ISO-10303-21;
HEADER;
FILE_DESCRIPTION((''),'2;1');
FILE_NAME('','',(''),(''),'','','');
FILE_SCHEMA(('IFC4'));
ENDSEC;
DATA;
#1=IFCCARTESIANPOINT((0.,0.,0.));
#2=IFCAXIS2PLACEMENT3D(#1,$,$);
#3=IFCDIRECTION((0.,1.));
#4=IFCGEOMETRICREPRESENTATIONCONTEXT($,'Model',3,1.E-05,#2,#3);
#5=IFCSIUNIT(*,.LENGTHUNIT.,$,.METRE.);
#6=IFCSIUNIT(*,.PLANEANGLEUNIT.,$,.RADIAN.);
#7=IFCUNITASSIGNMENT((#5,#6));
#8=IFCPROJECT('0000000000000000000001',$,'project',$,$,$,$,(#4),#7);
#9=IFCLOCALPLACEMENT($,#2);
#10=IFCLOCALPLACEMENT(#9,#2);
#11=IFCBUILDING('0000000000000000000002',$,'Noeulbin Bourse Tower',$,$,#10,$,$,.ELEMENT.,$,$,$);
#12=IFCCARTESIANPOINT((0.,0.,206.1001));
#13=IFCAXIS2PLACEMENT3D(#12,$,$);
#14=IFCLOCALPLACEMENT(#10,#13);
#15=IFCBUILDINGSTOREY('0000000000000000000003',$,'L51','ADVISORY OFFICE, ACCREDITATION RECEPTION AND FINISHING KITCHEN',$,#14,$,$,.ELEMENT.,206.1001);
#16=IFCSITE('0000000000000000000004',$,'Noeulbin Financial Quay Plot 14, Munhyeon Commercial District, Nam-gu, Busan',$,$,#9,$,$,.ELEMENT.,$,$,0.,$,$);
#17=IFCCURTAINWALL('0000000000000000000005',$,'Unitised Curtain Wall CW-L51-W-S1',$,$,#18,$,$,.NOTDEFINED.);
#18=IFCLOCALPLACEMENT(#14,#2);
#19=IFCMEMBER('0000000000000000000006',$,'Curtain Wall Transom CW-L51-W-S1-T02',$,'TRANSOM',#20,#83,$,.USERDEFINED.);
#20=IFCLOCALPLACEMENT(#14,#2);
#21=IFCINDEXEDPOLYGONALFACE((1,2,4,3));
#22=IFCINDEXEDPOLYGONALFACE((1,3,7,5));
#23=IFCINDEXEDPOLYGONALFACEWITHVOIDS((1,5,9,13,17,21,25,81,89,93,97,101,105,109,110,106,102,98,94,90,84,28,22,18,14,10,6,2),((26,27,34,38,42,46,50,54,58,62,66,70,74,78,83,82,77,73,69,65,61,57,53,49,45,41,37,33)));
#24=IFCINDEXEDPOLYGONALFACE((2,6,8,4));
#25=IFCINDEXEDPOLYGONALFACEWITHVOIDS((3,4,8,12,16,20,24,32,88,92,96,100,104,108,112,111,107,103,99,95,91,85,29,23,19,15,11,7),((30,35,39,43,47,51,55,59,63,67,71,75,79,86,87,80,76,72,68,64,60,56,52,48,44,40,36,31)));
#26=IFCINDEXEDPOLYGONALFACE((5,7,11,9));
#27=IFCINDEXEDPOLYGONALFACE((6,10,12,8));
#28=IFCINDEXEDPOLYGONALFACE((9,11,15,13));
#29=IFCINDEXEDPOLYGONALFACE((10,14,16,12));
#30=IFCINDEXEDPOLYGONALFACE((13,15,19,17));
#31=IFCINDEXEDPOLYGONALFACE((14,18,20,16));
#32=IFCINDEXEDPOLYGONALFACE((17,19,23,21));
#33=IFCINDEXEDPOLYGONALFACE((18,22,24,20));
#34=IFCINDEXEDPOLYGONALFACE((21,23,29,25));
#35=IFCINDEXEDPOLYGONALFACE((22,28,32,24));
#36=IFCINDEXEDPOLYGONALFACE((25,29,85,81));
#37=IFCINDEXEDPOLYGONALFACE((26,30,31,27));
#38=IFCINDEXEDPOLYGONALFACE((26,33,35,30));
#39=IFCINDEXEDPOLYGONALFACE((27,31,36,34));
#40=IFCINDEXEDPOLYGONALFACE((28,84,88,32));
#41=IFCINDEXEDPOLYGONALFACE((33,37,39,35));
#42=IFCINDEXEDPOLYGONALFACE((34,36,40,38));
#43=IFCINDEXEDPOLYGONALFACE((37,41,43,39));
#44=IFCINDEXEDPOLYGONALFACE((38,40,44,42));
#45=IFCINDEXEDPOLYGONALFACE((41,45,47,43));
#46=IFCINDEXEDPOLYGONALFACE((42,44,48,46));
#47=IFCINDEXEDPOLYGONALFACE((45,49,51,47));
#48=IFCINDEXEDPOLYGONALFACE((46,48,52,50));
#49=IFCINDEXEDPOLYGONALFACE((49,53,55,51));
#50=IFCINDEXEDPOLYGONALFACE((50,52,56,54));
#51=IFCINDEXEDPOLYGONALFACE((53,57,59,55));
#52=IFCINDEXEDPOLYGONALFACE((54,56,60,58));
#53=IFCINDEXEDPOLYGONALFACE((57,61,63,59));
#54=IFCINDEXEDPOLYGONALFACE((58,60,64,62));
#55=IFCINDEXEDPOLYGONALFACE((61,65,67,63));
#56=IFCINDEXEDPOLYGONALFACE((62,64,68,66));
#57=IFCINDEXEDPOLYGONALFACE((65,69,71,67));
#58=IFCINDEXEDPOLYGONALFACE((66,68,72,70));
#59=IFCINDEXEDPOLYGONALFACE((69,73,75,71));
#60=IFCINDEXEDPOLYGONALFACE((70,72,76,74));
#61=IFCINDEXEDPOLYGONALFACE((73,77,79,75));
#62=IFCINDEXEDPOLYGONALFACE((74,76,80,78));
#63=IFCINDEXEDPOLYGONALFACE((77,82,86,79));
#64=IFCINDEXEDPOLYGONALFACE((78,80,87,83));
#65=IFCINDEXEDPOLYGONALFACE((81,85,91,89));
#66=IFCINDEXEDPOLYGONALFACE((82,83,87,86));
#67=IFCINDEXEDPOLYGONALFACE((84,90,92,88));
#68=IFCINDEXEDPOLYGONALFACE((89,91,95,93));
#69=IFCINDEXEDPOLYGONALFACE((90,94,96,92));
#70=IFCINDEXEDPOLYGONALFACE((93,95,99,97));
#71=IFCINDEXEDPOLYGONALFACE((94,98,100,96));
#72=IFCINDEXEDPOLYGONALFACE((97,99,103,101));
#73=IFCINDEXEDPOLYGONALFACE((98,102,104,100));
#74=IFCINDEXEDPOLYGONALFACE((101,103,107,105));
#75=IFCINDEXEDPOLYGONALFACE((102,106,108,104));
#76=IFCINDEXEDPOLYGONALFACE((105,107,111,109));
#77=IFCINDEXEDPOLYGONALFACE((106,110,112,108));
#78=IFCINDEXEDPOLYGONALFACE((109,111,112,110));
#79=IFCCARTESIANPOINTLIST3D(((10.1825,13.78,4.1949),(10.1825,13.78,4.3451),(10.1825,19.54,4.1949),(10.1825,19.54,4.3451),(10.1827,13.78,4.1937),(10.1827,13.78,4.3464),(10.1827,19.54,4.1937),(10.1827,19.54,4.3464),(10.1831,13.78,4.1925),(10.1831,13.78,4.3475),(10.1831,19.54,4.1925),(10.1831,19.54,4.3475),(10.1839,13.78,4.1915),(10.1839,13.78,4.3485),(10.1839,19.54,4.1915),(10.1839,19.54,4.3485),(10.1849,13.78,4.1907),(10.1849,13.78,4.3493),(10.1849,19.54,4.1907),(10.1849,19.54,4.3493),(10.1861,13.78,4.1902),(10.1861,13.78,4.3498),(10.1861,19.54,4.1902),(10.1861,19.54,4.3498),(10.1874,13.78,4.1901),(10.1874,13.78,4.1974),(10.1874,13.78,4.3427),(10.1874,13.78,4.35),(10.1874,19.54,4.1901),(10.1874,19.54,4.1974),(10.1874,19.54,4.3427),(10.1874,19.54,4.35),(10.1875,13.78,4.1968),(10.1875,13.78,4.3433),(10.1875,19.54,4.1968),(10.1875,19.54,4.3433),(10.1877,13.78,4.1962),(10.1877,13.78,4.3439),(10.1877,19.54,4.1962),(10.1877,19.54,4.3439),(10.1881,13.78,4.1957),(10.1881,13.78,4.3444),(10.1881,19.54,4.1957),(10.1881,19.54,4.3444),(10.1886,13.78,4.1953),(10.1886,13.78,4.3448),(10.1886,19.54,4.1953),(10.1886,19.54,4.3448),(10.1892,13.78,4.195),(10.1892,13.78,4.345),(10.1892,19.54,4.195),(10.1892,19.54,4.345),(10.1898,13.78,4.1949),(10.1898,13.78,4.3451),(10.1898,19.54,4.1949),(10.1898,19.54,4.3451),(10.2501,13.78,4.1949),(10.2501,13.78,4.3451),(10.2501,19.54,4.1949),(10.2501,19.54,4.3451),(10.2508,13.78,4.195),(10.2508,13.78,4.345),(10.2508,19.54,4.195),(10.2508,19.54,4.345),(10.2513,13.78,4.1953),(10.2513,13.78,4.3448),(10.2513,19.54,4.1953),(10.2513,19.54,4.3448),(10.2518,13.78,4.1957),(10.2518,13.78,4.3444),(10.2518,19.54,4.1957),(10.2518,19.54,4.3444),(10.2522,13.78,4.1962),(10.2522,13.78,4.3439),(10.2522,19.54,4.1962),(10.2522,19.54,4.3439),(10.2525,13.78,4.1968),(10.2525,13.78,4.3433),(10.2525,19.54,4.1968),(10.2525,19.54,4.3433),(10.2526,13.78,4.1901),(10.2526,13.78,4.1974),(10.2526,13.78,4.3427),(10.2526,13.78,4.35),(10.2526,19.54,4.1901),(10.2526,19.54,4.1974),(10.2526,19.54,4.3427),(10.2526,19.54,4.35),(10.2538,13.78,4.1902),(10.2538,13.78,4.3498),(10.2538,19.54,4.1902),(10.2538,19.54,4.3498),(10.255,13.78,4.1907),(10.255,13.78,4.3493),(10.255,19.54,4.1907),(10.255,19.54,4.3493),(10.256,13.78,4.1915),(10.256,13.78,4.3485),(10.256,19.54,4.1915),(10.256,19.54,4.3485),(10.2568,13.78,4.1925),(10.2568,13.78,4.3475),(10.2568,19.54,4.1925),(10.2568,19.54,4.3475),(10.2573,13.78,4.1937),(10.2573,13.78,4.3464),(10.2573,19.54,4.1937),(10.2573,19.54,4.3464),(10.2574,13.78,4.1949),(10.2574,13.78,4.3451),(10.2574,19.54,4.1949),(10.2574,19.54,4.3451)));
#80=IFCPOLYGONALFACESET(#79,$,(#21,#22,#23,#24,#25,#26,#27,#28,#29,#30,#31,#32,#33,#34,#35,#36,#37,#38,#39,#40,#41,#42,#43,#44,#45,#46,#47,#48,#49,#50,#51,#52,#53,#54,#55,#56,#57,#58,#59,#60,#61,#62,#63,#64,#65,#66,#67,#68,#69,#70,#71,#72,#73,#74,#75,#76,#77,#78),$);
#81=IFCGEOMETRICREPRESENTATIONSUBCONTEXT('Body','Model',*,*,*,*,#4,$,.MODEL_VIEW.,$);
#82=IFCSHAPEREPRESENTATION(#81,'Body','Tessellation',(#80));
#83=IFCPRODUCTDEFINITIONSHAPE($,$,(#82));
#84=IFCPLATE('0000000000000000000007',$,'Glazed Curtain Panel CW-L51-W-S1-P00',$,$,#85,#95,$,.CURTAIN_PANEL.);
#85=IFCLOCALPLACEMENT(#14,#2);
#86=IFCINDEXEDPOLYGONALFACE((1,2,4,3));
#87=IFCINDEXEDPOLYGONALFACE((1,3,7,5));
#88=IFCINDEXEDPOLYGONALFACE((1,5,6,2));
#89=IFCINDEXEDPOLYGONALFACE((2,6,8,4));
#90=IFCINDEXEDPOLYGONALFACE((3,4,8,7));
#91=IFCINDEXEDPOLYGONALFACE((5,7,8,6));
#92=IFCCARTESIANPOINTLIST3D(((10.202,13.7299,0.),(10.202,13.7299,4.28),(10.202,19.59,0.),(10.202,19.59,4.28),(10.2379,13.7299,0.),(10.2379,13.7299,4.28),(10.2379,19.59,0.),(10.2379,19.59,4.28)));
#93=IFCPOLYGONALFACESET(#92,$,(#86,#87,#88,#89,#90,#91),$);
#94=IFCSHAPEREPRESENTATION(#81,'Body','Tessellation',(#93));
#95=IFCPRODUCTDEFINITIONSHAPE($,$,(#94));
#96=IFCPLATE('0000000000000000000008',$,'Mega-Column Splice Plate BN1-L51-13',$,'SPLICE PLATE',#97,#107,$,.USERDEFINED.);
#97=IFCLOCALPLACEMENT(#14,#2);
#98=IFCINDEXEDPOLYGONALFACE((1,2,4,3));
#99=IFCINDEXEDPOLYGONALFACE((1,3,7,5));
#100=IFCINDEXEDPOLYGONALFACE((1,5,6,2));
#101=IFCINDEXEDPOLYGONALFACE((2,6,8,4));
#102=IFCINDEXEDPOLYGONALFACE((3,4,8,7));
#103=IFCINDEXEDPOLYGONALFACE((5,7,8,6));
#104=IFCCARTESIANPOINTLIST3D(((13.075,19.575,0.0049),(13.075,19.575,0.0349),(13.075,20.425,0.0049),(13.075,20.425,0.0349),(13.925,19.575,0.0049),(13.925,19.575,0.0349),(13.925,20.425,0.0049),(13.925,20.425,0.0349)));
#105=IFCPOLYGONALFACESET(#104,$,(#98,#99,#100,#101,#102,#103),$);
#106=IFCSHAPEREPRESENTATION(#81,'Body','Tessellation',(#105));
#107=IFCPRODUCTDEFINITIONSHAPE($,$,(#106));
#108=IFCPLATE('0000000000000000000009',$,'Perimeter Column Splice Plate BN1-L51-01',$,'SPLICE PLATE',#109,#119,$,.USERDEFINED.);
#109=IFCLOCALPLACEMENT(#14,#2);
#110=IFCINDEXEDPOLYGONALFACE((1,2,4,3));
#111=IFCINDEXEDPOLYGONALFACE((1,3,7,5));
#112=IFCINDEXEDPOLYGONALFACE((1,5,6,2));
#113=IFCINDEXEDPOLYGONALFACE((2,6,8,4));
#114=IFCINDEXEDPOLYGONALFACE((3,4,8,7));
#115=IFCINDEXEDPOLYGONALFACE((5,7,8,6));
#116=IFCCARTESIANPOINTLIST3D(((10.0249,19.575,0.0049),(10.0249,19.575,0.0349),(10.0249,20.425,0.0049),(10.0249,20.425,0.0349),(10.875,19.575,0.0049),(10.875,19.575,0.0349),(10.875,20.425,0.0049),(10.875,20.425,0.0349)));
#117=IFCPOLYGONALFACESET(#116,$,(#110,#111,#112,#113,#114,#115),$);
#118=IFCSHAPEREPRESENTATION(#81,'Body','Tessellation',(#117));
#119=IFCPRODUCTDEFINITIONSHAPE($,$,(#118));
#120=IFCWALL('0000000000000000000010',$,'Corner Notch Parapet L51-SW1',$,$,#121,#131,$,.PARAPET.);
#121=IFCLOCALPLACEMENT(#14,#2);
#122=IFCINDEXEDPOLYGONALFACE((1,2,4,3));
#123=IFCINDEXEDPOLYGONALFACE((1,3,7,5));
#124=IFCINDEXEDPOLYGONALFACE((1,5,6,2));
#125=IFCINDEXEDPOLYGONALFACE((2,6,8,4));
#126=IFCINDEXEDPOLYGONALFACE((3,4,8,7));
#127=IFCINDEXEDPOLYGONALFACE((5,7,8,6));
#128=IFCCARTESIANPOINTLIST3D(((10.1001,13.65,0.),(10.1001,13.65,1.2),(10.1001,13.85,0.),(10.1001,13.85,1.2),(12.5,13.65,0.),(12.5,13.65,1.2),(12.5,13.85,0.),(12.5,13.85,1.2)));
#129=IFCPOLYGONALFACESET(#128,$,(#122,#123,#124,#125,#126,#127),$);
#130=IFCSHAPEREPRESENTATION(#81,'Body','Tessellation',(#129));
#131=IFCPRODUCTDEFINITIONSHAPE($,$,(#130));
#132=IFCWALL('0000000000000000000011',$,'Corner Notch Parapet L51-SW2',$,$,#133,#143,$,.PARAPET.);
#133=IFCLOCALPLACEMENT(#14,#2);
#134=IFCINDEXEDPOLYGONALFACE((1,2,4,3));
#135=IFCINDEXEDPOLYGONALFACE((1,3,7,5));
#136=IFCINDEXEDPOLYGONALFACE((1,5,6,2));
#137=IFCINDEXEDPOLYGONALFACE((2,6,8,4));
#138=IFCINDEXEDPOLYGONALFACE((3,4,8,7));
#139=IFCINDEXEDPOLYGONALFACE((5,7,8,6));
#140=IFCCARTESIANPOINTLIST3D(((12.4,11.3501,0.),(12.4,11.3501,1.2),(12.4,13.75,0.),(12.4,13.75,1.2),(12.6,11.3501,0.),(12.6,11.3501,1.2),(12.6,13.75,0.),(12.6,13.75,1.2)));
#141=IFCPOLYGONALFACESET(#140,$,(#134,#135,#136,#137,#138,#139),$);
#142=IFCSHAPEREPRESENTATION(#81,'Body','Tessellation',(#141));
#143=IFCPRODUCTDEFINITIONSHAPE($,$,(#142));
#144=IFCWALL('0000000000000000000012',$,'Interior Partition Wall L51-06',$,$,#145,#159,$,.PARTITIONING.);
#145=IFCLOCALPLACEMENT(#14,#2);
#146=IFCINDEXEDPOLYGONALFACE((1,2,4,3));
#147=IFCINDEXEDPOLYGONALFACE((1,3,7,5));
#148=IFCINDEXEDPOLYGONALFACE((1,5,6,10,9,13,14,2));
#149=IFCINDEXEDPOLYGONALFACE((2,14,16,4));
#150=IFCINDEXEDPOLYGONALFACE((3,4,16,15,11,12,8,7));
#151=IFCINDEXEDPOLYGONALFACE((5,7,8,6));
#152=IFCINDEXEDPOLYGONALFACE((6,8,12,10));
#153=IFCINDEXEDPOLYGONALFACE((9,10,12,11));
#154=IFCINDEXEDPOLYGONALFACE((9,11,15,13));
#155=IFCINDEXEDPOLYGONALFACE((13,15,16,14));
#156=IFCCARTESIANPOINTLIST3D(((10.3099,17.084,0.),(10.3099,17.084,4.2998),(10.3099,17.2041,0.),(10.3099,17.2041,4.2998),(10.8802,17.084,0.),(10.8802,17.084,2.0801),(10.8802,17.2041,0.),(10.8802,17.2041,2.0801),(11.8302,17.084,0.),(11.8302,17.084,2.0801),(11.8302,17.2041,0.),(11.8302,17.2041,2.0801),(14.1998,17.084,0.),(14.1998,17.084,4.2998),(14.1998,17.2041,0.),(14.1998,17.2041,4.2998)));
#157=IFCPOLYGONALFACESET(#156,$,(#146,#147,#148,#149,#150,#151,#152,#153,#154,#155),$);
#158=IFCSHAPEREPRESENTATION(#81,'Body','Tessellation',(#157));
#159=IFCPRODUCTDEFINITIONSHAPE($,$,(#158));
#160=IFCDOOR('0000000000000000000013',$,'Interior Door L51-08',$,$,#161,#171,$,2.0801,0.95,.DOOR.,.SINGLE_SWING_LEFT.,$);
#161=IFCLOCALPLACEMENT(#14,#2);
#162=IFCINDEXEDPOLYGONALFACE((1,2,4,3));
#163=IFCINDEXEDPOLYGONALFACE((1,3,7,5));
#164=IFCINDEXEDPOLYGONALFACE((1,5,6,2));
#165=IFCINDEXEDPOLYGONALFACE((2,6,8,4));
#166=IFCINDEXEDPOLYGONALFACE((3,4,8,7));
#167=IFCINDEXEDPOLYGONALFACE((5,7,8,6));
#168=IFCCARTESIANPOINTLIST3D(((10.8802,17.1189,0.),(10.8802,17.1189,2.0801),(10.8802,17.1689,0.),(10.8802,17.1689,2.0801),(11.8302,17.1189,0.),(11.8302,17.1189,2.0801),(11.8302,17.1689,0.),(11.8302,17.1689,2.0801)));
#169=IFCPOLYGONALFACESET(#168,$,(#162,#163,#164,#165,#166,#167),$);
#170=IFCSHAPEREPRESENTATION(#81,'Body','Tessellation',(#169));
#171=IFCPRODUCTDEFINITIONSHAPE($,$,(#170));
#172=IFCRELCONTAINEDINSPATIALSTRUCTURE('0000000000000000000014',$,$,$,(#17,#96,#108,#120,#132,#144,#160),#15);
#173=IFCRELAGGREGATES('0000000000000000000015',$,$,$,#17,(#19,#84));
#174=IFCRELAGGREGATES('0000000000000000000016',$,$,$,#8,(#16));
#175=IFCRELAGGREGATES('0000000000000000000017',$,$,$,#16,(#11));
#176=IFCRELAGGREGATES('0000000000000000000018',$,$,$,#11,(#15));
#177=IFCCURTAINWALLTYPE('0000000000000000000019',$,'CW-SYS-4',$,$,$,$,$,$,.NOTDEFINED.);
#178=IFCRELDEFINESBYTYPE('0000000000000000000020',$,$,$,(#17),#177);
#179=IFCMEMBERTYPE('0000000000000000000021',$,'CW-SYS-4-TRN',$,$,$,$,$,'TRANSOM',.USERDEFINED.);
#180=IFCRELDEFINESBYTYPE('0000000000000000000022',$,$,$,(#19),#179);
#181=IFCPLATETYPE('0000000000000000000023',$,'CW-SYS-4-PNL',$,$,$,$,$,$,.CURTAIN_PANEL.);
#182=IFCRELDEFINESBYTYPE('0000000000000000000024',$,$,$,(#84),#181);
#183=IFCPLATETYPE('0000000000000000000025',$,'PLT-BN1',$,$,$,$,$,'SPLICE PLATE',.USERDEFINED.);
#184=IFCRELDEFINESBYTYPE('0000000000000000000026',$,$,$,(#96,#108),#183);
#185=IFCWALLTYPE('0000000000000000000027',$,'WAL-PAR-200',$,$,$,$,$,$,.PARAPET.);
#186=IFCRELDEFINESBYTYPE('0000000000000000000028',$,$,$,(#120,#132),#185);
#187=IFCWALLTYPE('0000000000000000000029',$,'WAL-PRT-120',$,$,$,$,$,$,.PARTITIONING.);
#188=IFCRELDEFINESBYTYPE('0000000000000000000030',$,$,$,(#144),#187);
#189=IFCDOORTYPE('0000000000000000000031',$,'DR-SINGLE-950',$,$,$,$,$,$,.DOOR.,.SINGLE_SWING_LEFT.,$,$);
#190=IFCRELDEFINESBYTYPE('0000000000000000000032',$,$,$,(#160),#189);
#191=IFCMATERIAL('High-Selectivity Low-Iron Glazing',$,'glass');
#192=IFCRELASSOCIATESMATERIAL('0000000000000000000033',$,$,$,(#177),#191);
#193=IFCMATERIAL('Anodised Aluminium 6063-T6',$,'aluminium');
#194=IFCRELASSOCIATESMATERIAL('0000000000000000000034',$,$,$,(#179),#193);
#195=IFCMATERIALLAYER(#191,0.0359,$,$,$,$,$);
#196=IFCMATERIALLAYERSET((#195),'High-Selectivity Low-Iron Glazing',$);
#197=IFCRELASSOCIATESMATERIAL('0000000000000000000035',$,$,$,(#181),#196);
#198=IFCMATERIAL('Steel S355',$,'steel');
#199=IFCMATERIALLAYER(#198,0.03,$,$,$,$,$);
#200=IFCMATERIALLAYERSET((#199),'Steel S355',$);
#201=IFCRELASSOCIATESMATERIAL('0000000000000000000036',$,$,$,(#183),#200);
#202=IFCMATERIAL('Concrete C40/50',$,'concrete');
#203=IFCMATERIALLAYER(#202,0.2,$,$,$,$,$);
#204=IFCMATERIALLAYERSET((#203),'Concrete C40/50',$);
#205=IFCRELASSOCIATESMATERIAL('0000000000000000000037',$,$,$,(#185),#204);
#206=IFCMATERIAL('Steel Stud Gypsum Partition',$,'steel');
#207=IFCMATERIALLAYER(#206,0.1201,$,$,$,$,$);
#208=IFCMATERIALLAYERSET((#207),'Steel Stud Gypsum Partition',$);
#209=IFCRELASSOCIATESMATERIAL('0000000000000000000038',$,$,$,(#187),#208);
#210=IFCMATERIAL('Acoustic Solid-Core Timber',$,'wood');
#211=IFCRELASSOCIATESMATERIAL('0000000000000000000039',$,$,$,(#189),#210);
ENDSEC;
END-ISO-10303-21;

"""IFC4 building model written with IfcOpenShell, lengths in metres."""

from ifc_helpers import new_model, si_unit, direction, frame, frame_2d, origin, origin_2d, place, context, subcontext, project, spatial, rectangle, hollow_rectangle, extrude, material, layer, layer_set, material_profile, profile_set, type_object, element, fill, aggregate, save


model = new_model("IFC4")

# Units and contexts
model_context = context("Model", 3, precision=1e-05, world=origin(), true_north=direction((0.0, 1.0)))
body_context = subcontext(model_context, "Body", "Model", "MODEL_VIEW")
ifc_project = project(units=[si_unit("LENGTHUNIT", "METRE"), si_unit("PLANEANGLEUNIT", "RADIAN")], contexts=[model_context])

# Site, building, storey
site_placement = place(None, origin())
site = spatial("IfcSite", under=ifc_project, at=site_placement, Name="Noeulbin Financial Quay Plot 14, Munhyeon Commercial District, Nam-gu, Busan", CompositionType="ELEMENT", RefElevation=0.0)
building_placement = place(site_placement, origin())
building = spatial("IfcBuilding", under=site, at=building_placement, Name="Noeulbin Bourse Tower", CompositionType="ELEMENT")
storey_placement = place(building_placement, frame((0.0, 0.0, 206.1001)))
storey = spatial("IfcBuildingStorey", under=building, at=storey_placement, Name="L51", Description="ADVISORY OFFICE, ACCREDITATION RECEPTION AND FINISHING KITCHEN", CompositionType="ELEMENT", Elevation=206.1001)

# Shared definitions
ifc_material_1 = material(Name="Steel S355", Category="steel")

# Curtain wall, member, plate
ifc_material_2 = material(Name="High-Selectivity Low-Iron Glazing", Category="glass")
curtain_wall_type = type_object("IfcCurtainWallType", Name="CW-SYS-4", PredefinedType="NOTDEFINED", material=ifc_material_2)
curtain_wall_placement = place(storey_placement, origin())
curtain_wall = element("IfcCurtainWall", 1, at=curtain_wall_placement, inside=storey, type_object=curtain_wall_type, Name="Unitised Curtain Wall CW-L51-W-S1", PredefinedType="NOTDEFINED")
ifc_material_3 = material(Name="Anodised Aluminium 6063-T6", Category="aluminium")
ifc_material_profile_1 = material_profile(ifc_material_3, hollow_rectangle(XDim=0.075, YDim=0.1599, WallThickness=0.0049, InnerFilletRadius=0.0024, OuterFilletRadius=0.0049, at=origin_2d()), Name="ALU-TRAN-75x160x5", Category="LoadBearing")
ifc_profile_set_1 = profile_set([ifc_material_profile_1], Name="Anodised Aluminium 6063-T6")
member_type_1 = type_object("IfcMemberType", Name="CW-SYS-4-TRN", ElementType="TRANSOM", PredefinedType="USERDEFINED", material=ifc_profile_set_1)
member_1_placement = place(storey_placement, frame((10.22, 13.78, 4.27), z_axis=(0.0, 1.0, 0.0), x_axis=(-1.0, 0.0, 0.0)))
member_1 = element("IfcMember", 2, at=member_1_placement, type_object=member_type_1, Name="Curtain Wall Transom CW-L51-W-S1-T02", ObjectType="TRANSOM", PredefinedType="USERDEFINED", context=body_context, shape_type="SweptSolid", body=[
    extrude(hollow_rectangle(XDim=0.075, YDim=0.1599, WallThickness=0.0049, InnerFilletRadius=0.0024, OuterFilletRadius=0.0049, at=origin_2d()), origin(), (0.0, 0.0, 1.0), 5.76),
])
ifc_layer_1 = layer(ifc_material_2, 0.0359)
ifc_layer_set_1 = layer_set([ifc_layer_1], Name="High-Selectivity Low-Iron Glazing")
plate_type_1 = type_object("IfcPlateType", Name="CW-SYS-4-PNL", PredefinedType="CURTAIN_PANEL", material=ifc_layer_set_1)
plate_placement = place(storey_placement, frame((10.22, 16.6599, 0.0), z_axis=(0.0, 0.0, 1.0), x_axis=(0.0, 1.0, 0.0)))
plate = element("IfcPlate", 3, at=plate_placement, type_object=plate_type_1, Name="Glazed Curtain Panel CW-L51-W-S1-P00", PredefinedType="CURTAIN_PANEL", context=body_context, shape_type="SweptSolid", body=[
    extrude(rectangle(XDim=5.8601, YDim=0.0359, at=origin_2d()), origin(), (0.0, 0.0, 1.0), 4.28),
])
aggregate(curtain_wall, [member_1, plate])

# Plates
ifc_layer_2 = layer(ifc_material_1, 0.03)
ifc_layer_set_2 = layer_set([ifc_layer_2], Name="Steel S355")
plate_type_2 = type_object("IfcPlateType", Name="PLT-BN1", ElementType="SPLICE PLATE", PredefinedType="USERDEFINED", material=ifc_layer_set_2)
for number, where, z_axis, x_axis, name in (
    (4, (13.5, 20.0, 0.0049), (0.0, 0.0, 1.0), (1.0, 0.0, 0.0), "Mega-Column Splice Plate BN1-L51-13"),
    (5, (10.45, 20.0, 0.0049), (0.0, 0.0, 1.0), (1.0, 0.0, 0.0), "Perimeter Column Splice Plate BN1-L51-01"),
):
    element("IfcPlate", number, at=place(storey_placement, frame(where, z_axis=z_axis, x_axis=x_axis)), inside=storey, type_object=plate_type_2, Name=name, ObjectType="SPLICE PLATE", PredefinedType="USERDEFINED", context=body_context, shape_type="SweptSolid", body=[
        extrude(rectangle(XDim=0.8501, YDim=0.8501, at=origin_2d()), origin(), (0.0, 0.0, 1.0), 0.03),
    ])

# Walls
ifc_material_4 = material(Name="Concrete C40/50", Category="concrete")
ifc_layer_3 = layer(ifc_material_4, 0.2)
ifc_layer_set_3 = layer_set([ifc_layer_3], Name="Concrete C40/50")
wall_type_1 = type_object("IfcWallType", Name="WAL-PAR-200", PredefinedType="PARAPET", material=ifc_layer_set_3)
for number, where, z_axis, x_axis, name in (
    (6, (10.1001, 13.75, 0.0), (0.0, 0.0, 1.0), (1.0, 0.0, 0.0), "Corner Notch Parapet L51-SW1"),
    (7, (12.5, 13.75, 0.0), (0.0, 0.0, 1.0), (0.0, -1.0, 0.0), "Corner Notch Parapet L51-SW2"),
):
    element("IfcWall", number, at=place(storey_placement, frame(where, z_axis=z_axis, x_axis=x_axis)), inside=storey, type_object=wall_type_1, Name=name, PredefinedType="PARAPET", context=body_context, shape_type="SweptSolid", body=[
        extrude(rectangle(XDim=2.3999, YDim=0.2, at=frame_2d((1.2, 0.0))), origin(), (0.0, 0.0, 1.0), 1.2),
    ])

# Wall, opening, door
ifc_material_5 = material(Name="Steel Stud Gypsum Partition", Category="steel")
ifc_layer_4 = layer(ifc_material_5, 0.1201)
ifc_layer_set_4 = layer_set([ifc_layer_4], Name="Steel Stud Gypsum Partition")
wall_type_2 = type_object("IfcWallType", Name="WAL-PRT-120", PredefinedType="PARTITIONING", material=ifc_layer_set_4)
wall_placement = place(storey_placement, frame((10.3101, 17.144, 0.0), z_axis=(0.0, 0.0, 1.0), x_axis=(1.0, 0.0, 0.0)))
wall = element("IfcWall", 8, at=wall_placement, inside=storey, type_object=wall_type_2, Name="Interior Partition Wall L51-06", PredefinedType="PARTITIONING", context=body_context, shape_type="SweptSolid", body=[
    extrude(rectangle(XDim=3.8899, YDim=0.1201, at=frame_2d((1.9448, 0.0))), origin(), (0.0, 0.0, 1.0), 4.2998),
])
opening_placement = place(wall_placement, frame((0.5701, 0.0, 0.0)))
opening = element("IfcOpeningElement", 9, at=opening_placement, cuts=wall, PredefinedType="OPENING", context=body_context, shape_type="SweptSolid", body=[
    extrude(rectangle(XDim=0.95, YDim=2.0801, at=frame_2d((0.4751, 1.04))), frame((0.0, 0.0701, 0.0), z_axis=(0.0, -1.0, 0.0), x_axis=(1.0, 0.0, 0.0)), (0.0, 0.0, 1.0), 0.1401),
])
ifc_material_6 = material(Name="Acoustic Solid-Core Timber", Category="wood")
door_type = type_object("IfcDoorType", Name="DR-SINGLE-950", OperationType="SINGLE_SWING_LEFT", PredefinedType="DOOR", material=ifc_material_6)
door_placement = place(opening_placement, origin())
door = element("IfcDoor", 10, at=door_placement, inside=storey, type_object=door_type, Name="Interior Door L51-08", OperationType="SINGLE_SWING_LEFT", OverallHeight=2.0801, OverallWidth=0.95, PredefinedType="DOOR", context=body_context, shape_type="SweptSolid", body=[
    extrude(rectangle(XDim=0.95, YDim=2.0801, at=frame_2d((0.4751, 1.04))), frame((0.0, 0.0249, 0.0), z_axis=(0.0, -1.0, 0.0), x_axis=(1.0, 0.0, 0.0)), (0.0, 0.0, 1.0), 0.05),
])
fill(opening, door)

save(model, "model.ifc")
